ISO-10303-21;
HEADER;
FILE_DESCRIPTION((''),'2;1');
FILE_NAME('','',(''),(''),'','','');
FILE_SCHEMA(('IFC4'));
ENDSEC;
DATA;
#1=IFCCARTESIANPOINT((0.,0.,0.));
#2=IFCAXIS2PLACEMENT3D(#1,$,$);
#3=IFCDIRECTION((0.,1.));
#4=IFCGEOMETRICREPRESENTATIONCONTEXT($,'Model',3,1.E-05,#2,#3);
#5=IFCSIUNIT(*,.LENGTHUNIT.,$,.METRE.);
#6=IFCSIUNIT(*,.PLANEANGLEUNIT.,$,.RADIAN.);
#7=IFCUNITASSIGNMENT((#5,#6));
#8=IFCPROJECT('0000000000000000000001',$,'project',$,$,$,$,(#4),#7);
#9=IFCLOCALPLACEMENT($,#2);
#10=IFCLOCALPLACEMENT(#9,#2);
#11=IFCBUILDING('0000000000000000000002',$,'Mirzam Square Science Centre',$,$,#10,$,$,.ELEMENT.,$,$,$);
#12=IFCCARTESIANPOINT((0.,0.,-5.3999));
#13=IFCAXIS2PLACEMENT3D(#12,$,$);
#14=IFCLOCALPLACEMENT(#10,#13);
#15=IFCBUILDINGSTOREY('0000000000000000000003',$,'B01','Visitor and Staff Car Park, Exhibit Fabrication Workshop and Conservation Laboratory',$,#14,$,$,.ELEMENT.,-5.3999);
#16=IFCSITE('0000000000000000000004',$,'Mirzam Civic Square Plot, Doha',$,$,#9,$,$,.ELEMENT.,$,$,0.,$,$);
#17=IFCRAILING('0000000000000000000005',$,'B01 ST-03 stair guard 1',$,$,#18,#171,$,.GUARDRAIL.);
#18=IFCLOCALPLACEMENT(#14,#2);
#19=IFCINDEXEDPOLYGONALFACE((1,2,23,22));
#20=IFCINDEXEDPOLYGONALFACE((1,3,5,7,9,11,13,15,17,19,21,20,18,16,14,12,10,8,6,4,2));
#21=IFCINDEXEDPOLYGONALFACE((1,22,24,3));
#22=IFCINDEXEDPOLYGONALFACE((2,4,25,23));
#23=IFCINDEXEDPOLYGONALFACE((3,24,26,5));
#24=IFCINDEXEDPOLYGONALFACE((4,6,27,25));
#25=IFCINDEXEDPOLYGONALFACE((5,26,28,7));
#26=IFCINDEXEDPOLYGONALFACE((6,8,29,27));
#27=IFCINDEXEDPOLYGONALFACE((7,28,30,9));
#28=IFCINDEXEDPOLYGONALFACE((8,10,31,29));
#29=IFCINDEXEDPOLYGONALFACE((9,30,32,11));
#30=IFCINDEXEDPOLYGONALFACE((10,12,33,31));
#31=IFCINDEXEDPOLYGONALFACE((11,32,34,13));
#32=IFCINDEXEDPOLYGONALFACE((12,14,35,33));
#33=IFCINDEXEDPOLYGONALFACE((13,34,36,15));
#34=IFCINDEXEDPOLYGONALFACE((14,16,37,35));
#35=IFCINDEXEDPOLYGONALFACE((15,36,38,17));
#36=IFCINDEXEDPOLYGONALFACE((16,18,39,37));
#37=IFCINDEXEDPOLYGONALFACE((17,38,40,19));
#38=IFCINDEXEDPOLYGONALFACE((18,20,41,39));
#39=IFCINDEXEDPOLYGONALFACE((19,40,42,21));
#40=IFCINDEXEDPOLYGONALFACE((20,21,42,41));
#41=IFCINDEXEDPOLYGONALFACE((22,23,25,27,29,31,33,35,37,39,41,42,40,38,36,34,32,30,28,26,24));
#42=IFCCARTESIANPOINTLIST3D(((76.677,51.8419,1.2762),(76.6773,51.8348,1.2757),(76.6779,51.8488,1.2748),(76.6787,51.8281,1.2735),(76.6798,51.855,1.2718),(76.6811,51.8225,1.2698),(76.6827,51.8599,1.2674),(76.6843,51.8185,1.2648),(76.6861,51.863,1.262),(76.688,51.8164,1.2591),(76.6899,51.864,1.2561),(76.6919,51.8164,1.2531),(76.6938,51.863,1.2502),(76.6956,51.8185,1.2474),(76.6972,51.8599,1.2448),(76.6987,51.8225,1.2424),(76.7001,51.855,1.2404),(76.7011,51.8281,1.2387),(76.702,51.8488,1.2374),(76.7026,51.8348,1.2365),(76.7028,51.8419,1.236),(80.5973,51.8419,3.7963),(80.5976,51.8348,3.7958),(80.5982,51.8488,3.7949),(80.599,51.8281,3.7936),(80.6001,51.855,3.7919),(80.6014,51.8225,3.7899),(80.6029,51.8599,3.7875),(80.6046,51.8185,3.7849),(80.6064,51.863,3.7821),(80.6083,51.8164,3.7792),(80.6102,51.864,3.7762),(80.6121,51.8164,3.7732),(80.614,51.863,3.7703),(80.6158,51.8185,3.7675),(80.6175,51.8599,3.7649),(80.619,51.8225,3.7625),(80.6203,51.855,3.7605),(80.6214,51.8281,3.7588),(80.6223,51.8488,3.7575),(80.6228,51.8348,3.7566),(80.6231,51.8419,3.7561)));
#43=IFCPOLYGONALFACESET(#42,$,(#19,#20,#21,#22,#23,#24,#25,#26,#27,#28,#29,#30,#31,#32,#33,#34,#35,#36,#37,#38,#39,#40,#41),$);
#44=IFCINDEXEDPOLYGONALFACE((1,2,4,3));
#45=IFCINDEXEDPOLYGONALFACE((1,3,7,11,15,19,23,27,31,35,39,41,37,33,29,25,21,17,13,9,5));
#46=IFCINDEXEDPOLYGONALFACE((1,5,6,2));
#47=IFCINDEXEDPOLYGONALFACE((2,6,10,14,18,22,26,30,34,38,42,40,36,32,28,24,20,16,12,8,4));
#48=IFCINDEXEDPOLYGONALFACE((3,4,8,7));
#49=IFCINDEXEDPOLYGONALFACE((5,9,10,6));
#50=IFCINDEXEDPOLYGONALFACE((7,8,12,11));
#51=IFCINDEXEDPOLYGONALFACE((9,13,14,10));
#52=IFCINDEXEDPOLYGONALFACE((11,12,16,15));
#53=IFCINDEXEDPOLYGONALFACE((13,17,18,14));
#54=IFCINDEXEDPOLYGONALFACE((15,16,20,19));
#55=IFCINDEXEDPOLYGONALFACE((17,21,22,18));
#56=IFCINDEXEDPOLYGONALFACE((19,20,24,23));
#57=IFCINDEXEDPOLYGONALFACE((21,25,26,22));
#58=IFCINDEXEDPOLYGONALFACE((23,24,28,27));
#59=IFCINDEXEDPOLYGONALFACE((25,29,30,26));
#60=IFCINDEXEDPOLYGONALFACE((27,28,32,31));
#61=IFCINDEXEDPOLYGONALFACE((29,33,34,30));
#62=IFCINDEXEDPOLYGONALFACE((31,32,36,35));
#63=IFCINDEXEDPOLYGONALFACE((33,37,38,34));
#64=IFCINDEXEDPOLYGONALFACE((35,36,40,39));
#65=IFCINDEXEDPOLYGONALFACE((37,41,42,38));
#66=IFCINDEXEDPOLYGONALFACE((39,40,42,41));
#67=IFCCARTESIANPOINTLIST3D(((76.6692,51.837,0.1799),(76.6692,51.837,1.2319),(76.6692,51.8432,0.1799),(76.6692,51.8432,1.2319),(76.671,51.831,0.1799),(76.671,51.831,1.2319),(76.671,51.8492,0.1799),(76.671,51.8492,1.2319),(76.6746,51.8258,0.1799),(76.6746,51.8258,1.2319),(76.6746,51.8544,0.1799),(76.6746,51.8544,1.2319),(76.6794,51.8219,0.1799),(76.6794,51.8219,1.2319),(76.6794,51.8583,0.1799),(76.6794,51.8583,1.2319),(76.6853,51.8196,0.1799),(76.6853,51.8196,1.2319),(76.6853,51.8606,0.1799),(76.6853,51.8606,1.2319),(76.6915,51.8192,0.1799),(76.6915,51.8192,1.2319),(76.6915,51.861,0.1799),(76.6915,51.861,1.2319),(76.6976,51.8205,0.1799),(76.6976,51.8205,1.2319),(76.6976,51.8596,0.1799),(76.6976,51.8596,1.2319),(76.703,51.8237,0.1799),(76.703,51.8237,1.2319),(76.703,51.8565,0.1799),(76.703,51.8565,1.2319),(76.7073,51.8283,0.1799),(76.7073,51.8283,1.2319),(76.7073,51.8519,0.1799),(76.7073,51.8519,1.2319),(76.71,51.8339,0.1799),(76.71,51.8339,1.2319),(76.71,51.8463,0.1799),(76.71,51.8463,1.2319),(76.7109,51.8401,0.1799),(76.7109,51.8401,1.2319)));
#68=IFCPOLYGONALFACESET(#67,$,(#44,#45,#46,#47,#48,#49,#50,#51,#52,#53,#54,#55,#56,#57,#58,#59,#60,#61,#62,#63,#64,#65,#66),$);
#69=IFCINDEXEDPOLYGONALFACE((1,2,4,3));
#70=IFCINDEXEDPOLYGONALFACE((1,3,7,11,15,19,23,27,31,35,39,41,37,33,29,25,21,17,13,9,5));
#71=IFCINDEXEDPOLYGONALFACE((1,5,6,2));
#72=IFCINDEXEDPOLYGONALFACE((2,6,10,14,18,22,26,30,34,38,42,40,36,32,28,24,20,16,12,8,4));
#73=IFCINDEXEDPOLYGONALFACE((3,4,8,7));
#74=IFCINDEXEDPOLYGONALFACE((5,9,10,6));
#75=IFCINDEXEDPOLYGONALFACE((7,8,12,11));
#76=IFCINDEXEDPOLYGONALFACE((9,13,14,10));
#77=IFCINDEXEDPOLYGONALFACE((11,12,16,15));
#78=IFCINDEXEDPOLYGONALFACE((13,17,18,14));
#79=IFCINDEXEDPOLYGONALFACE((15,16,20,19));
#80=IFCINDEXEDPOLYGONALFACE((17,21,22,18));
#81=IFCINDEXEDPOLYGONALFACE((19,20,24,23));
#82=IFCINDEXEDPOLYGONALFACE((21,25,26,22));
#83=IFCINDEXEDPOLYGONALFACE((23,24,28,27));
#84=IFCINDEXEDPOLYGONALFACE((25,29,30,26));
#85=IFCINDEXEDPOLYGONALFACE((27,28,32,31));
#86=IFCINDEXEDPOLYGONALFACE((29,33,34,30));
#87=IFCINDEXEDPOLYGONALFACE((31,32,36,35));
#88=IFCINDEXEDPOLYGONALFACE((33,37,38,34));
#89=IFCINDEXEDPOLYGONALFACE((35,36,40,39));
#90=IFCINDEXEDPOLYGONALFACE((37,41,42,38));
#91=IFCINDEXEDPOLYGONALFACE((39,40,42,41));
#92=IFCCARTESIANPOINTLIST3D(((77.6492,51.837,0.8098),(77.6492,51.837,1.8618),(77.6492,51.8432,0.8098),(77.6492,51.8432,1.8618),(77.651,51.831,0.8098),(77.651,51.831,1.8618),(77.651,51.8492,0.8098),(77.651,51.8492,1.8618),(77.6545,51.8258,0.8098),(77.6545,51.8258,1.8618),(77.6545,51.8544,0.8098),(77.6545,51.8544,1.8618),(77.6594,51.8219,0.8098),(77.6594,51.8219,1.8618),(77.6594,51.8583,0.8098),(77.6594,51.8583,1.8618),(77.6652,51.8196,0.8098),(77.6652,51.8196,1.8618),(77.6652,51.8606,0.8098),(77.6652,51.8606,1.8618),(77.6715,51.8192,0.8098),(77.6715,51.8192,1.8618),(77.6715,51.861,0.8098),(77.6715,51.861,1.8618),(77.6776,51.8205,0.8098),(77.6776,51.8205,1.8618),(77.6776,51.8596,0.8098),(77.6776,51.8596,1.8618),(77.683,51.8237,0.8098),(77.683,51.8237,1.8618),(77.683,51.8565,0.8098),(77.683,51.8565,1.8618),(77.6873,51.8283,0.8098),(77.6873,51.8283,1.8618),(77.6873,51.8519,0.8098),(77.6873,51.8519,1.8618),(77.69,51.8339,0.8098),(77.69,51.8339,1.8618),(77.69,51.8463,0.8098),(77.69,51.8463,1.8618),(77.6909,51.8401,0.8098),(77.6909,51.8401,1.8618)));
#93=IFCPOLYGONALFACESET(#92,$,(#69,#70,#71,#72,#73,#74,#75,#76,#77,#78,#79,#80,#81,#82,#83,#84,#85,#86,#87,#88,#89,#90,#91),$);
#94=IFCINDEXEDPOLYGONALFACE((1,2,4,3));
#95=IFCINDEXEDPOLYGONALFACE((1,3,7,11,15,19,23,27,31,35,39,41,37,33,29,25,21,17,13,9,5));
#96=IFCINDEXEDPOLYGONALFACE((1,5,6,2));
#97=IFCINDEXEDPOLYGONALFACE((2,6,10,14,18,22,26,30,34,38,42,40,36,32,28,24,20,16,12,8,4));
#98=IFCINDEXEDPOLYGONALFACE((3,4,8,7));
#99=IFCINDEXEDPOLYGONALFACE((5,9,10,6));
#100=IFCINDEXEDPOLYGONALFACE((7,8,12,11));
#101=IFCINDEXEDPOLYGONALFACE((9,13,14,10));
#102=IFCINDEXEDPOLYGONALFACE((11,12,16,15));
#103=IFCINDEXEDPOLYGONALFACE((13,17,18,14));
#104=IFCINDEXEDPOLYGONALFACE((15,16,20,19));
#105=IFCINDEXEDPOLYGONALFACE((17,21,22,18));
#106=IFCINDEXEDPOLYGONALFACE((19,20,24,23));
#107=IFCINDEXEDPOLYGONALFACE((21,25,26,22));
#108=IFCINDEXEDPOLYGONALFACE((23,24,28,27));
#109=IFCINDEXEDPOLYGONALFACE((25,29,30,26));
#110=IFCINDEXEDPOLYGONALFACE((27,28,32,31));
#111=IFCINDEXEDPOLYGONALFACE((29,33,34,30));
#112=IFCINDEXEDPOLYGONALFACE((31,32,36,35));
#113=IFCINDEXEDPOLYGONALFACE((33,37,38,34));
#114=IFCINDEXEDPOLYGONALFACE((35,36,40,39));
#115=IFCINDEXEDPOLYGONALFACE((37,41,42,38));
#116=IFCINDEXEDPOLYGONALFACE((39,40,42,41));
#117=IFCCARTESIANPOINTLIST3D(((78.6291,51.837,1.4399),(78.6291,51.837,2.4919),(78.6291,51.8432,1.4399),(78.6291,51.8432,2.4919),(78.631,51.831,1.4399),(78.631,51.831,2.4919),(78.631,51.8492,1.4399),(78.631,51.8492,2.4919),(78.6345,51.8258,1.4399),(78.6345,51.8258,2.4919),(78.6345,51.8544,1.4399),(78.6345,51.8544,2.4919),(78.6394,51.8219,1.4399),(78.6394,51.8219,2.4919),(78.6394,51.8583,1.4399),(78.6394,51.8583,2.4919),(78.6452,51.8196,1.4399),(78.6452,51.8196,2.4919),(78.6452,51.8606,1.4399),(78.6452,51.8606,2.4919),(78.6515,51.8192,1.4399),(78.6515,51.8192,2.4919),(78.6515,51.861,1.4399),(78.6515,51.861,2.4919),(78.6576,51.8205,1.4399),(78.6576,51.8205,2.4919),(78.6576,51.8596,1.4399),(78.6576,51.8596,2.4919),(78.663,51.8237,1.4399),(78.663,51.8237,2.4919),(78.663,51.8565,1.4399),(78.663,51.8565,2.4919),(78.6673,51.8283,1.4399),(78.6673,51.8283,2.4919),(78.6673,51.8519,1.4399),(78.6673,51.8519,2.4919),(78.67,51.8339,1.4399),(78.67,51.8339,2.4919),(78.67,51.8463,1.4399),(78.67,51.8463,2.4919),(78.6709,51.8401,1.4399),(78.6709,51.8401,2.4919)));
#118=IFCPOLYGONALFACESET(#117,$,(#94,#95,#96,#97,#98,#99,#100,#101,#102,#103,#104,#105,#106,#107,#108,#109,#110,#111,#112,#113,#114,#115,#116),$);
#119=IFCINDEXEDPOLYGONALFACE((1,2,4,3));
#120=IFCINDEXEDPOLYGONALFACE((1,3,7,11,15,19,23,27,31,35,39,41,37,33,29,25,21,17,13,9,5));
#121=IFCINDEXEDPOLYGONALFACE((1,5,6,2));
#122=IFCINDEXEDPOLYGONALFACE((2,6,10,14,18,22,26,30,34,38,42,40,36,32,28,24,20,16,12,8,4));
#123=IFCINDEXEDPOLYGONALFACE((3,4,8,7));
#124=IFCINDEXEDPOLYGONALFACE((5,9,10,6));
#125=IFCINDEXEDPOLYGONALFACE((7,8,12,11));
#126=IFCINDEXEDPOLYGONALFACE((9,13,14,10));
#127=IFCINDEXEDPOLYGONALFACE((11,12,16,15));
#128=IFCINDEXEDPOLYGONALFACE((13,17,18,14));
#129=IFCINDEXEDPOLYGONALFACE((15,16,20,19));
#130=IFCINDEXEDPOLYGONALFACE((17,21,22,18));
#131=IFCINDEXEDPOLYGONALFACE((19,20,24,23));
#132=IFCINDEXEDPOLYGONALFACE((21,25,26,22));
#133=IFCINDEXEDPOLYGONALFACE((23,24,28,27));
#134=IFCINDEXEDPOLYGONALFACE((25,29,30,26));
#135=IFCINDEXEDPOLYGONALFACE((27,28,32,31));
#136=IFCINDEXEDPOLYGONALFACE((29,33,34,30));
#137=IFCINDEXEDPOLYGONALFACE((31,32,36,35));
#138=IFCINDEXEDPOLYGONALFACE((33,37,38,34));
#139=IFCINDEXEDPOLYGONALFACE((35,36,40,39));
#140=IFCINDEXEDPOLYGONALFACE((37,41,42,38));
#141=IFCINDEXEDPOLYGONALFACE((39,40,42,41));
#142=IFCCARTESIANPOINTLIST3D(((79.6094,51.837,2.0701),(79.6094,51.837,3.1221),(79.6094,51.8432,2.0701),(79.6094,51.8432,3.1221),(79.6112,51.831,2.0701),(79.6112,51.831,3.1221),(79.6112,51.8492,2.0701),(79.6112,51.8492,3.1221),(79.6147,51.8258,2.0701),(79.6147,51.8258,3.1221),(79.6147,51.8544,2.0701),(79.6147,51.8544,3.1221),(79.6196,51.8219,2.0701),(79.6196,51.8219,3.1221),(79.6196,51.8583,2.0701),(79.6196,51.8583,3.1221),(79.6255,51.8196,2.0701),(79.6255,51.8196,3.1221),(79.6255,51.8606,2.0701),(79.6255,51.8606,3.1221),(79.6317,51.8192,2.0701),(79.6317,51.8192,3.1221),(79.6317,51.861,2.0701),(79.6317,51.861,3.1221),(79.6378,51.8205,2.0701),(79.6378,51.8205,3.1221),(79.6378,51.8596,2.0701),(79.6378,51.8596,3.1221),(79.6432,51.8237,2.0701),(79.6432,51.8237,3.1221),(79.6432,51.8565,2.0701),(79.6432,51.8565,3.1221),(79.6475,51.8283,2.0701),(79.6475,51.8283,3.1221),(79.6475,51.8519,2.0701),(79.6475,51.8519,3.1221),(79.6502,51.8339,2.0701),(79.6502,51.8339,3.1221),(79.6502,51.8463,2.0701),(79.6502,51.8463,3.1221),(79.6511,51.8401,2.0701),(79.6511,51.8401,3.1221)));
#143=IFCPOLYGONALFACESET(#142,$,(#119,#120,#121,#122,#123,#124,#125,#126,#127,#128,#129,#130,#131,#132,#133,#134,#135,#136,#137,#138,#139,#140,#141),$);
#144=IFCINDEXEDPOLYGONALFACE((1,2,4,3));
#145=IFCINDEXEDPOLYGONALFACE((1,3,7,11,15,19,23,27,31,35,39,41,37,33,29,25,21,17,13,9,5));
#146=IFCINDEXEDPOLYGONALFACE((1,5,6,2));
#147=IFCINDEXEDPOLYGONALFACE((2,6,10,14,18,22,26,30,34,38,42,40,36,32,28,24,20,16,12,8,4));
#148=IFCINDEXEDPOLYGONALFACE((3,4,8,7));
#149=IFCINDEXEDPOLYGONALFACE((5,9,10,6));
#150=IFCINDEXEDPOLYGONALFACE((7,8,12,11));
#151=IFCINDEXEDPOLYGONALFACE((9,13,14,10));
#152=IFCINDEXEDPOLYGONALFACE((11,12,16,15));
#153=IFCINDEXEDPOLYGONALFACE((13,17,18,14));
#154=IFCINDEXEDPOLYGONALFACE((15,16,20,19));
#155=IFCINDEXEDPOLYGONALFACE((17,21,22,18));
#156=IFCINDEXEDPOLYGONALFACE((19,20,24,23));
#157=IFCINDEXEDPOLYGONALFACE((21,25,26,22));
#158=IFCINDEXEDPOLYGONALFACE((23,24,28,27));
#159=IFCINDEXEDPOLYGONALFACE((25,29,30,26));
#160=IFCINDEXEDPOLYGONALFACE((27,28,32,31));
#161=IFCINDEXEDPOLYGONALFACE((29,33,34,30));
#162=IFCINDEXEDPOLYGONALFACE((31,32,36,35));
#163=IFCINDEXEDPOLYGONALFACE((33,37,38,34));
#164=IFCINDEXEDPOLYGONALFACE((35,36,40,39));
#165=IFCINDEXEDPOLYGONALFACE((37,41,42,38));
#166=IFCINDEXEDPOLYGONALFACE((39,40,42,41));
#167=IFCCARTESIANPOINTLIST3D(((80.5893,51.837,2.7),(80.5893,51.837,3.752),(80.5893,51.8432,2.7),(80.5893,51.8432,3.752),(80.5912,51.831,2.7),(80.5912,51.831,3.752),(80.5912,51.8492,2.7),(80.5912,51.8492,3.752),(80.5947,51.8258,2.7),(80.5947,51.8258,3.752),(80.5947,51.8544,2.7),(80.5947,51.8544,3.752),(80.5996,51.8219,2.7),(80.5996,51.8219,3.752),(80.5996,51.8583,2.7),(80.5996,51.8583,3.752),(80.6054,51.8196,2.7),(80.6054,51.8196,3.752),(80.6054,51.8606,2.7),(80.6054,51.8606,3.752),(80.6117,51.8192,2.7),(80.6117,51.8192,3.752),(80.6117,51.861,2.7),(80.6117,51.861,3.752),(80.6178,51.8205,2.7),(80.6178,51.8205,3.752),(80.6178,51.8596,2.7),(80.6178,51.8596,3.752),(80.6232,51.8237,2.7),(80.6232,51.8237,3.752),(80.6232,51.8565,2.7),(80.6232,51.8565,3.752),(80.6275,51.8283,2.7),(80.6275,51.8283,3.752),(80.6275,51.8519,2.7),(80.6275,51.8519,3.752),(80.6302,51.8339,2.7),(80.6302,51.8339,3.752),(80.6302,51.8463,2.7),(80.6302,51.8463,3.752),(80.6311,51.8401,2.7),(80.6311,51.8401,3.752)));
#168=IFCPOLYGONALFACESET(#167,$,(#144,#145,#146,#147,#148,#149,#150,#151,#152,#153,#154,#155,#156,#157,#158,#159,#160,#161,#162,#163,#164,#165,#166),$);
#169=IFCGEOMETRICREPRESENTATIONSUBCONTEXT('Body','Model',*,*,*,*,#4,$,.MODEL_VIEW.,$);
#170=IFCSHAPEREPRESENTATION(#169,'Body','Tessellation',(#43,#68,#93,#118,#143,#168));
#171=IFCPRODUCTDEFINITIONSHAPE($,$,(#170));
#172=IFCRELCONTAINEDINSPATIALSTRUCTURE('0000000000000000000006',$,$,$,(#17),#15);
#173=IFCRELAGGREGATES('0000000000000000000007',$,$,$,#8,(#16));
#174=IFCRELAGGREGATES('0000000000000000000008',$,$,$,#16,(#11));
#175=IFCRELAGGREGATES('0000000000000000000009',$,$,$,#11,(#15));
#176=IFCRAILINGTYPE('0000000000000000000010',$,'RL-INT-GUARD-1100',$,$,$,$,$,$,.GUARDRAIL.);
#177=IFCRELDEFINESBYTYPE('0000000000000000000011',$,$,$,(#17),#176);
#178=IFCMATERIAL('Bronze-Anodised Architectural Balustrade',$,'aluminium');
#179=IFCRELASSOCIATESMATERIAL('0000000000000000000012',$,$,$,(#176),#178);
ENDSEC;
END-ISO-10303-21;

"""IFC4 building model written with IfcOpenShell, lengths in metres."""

from ifc_helpers import new_model, si_unit, direction, frame, origin, origin_2d, place, context, subcontext, project, spatial, circle, extrude, material, type_object, element, save


model = new_model("IFC4")

# Units and contexts
model_context = context("Model", 3, precision=1e-05, world=origin(), true_north=direction((0.0, 1.0)))
body_context = subcontext(model_context, "Body", "Model", "MODEL_VIEW")
ifc_project = project(units=[si_unit("LENGTHUNIT", "METRE"), si_unit("PLANEANGLEUNIT", "RADIAN")], contexts=[model_context])

# Site, building, storey
site_placement = place(None, origin())
site = spatial("IfcSite", under=ifc_project, at=site_placement, Name="Mirzam Civic Square Plot, Doha", CompositionType="ELEMENT", RefElevation=0.0)
building_placement = place(site_placement, origin())
building = spatial("IfcBuilding", under=site, at=building_placement, Name="Mirzam Square Science Centre", CompositionType="ELEMENT")
storey_placement = place(building_placement, frame((0.0, 0.0, -5.3999)))
storey = spatial("IfcBuildingStorey", under=building, at=storey_placement, Name="B01", Description="Visitor and Staff Car Park, Exhibit Fabrication Workshop and Conservation Laboratory", CompositionType="ELEMENT", Elevation=-5.3999)

# Railing
ifc_material_1 = material(Name="Bronze-Anodised Architectural Balustrade", Category="aluminium")
railing_type_1 = type_object("IfcRailingType", Name="RL-INT-GUARD-1100", PredefinedType="GUARDRAIL", material=ifc_material_1)
railing_1_placement = place(storey_placement, frame((76.6899, 51.8401, 0.1799)))
element("IfcRailing", 1, at=railing_1_placement, inside=storey, type_object=railing_type_1, Name="B01 ST-03 stair guard 1", PredefinedType="GUARDRAIL", context=body_context, shape_type="SweptSolid", body=[
    extrude(circle(Radius=0.0239, at=origin_2d()), frame((0.0, 0.0, 1.0762), z_axis=(0.841187, 0.0, 0.540744), x_axis=(0.0, 1.0, 0.0)), (0.0, 0.0, 1.0), 4.6604),
    extrude(circle(Radius=0.021, at=origin_2d()), origin(), (0.0, 0.0, 1.0), 1.052),
    extrude(circle(Radius=0.021, at=origin_2d()), frame((0.98, 0.0, 0.6299)), (0.0, 0.0, 1.0), 1.052),
    extrude(circle(Radius=0.021, at=origin_2d()), frame((1.96, 0.0, 1.26)), (0.0, 0.0, 1.0), 1.052),
    extrude(circle(Radius=0.021, at=origin_2d()), frame((2.9402, 0.0, 1.8901)), (0.0, 0.0, 1.0), 1.052),
    extrude(circle(Radius=0.021, at=origin_2d()), frame((3.9202, 0.0, 2.52)), (0.0, 0.0, 1.0), 1.052),
])

save(model, "model.ifc")
